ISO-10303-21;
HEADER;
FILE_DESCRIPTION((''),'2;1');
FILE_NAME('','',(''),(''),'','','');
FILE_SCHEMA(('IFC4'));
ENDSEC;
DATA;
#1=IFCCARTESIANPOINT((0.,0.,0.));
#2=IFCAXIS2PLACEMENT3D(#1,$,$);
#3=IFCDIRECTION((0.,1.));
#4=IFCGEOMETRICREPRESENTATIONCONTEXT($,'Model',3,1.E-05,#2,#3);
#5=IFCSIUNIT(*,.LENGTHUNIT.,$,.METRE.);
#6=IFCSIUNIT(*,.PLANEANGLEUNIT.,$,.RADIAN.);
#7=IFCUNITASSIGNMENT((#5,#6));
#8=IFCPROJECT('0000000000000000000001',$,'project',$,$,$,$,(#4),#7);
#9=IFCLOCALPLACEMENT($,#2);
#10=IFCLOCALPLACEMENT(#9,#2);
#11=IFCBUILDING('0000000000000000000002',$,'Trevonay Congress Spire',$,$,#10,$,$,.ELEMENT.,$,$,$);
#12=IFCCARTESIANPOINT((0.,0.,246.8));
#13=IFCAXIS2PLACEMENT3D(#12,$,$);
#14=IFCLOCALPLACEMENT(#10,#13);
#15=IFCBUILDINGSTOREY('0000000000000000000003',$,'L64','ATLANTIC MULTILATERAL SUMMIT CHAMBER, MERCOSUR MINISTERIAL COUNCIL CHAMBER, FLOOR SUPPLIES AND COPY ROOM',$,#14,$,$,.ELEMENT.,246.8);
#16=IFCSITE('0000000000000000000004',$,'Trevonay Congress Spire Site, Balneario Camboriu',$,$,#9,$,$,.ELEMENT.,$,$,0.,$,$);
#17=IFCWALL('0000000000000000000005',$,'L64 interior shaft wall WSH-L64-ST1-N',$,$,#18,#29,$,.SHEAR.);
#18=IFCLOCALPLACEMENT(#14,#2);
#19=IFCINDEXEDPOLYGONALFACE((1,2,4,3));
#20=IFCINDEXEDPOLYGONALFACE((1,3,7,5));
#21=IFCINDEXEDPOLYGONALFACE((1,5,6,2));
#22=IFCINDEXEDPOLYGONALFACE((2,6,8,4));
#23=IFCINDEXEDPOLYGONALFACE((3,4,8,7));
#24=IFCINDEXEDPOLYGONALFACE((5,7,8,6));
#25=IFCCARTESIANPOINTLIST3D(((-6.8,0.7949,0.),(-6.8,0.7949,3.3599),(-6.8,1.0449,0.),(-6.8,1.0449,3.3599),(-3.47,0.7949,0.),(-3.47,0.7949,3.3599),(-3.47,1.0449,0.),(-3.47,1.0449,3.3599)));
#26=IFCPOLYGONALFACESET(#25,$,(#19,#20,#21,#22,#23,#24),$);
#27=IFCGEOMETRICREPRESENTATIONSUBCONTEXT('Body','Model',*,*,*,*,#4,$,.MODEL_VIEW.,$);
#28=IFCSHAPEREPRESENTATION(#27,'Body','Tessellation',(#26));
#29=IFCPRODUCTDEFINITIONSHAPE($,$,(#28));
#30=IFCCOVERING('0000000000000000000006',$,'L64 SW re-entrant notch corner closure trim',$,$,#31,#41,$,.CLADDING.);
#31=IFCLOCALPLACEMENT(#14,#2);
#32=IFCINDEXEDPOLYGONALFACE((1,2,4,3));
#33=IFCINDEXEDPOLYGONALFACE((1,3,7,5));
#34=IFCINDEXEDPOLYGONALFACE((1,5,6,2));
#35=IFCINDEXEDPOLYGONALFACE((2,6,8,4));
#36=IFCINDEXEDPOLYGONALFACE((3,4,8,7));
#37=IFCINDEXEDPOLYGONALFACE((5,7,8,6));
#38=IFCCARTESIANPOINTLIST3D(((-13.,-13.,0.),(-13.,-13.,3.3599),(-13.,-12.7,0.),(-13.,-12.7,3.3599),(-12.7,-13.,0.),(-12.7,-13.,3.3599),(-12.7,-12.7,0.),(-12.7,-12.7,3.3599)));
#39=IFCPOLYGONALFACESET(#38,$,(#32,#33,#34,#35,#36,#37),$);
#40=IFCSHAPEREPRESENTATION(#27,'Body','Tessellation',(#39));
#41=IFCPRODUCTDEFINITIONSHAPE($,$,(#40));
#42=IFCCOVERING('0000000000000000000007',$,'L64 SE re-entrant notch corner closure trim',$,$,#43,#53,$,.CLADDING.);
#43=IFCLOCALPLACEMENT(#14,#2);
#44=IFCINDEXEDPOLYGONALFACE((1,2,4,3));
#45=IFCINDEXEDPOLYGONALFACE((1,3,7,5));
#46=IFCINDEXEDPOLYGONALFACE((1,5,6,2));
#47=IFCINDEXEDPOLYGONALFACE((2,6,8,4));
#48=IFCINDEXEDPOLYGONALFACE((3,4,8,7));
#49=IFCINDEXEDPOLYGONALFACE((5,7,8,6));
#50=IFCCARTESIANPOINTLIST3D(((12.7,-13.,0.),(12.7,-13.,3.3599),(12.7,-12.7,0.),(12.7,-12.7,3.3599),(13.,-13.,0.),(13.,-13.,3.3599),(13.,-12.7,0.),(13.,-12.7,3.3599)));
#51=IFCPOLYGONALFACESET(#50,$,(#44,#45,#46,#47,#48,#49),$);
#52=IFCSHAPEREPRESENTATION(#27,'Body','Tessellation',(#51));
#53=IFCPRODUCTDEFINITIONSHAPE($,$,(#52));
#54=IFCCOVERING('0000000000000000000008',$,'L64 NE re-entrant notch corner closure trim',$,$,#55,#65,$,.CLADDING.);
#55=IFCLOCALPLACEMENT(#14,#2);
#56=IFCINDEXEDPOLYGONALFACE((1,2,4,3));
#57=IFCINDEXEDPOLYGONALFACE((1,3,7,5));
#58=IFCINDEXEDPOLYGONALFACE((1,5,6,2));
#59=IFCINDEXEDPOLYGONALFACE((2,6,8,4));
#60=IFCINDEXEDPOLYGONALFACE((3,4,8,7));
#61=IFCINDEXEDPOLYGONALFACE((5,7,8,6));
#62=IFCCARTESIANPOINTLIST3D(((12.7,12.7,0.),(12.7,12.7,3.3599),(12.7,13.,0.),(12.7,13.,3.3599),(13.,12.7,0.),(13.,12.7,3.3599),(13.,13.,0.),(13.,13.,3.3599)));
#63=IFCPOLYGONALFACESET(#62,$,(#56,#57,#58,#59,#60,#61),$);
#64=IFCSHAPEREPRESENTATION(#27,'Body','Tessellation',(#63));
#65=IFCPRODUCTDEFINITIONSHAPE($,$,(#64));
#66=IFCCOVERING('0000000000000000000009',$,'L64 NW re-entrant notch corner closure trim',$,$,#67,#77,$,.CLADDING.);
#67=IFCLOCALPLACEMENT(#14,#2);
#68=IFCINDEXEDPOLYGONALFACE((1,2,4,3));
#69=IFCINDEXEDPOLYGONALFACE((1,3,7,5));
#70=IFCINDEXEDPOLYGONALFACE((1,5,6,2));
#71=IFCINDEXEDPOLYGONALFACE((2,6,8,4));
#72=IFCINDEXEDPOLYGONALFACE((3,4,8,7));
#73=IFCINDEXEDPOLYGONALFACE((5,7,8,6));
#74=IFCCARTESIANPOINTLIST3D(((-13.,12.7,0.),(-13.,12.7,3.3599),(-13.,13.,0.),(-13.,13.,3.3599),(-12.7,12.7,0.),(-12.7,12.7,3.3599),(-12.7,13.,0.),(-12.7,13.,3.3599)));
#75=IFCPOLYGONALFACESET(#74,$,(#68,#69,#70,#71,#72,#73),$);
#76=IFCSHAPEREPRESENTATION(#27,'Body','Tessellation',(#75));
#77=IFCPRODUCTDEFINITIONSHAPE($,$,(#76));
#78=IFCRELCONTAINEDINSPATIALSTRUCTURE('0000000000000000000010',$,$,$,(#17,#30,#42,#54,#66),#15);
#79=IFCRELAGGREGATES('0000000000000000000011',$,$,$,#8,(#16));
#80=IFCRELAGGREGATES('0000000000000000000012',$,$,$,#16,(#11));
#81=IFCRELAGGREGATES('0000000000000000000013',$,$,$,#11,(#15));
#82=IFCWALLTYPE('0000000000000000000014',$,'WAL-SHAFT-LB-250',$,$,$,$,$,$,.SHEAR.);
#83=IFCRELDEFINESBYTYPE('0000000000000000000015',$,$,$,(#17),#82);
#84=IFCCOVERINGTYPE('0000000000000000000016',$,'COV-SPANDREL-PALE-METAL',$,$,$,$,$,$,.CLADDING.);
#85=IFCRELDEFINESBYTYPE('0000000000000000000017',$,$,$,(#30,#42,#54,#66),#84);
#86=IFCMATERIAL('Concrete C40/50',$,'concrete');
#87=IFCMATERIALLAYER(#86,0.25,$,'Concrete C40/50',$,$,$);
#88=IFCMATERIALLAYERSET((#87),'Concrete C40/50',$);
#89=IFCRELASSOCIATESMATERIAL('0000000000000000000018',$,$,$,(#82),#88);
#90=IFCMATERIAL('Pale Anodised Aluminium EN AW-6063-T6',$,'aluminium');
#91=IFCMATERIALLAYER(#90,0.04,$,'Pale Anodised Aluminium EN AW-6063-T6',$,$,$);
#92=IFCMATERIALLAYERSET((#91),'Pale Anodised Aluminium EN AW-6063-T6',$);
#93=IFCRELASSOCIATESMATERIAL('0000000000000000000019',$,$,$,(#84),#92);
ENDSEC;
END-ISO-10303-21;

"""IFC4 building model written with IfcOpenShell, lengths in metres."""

from ifc_helpers import new_model, si_unit, direction, frame, frame_2d, origin, place, context, subcontext, project, spatial, polyline, rectangle, outline, extrude, material, layer, layer_set, type_object, element, save


model = new_model("IFC4")

# Units and contexts
model_context = context("Model", 3, precision=1e-05, world=origin(), true_north=direction((0.0, 1.0)))
body_context = subcontext(model_context, "Body", "Model", "MODEL_VIEW")
ifc_project = project(units=[si_unit("LENGTHUNIT", "METRE"), si_unit("PLANEANGLEUNIT", "RADIAN")], contexts=[model_context])

# Site, building, storey
site_placement = place(None, origin())
site = spatial("IfcSite", under=ifc_project, at=site_placement, Name="Trevonay Congress Spire Site, Balneario Camboriu", CompositionType="ELEMENT", RefElevation=0.0)
building_placement = place(site_placement, origin())
building = spatial("IfcBuilding", under=site, at=building_placement, Name="Trevonay Congress Spire", CompositionType="ELEMENT")
storey_placement = place(building_placement, frame((0.0, 0.0, 246.8)))
storey = spatial("IfcBuildingStorey", under=building, at=storey_placement, Name="L64", Description="ATLANTIC MULTILATERAL SUMMIT CHAMBER, MERCOSUR MINISTERIAL COUNCIL CHAMBER, FLOOR SUPPLIES AND COPY ROOM", CompositionType="ELEMENT", Elevation=246.8)

# Shared definitions
ifc_material_1 = material(Name="Concrete C40/50", Category="concrete")

# Shared definitions
ifc_material_2 = material(Name="Pale Anodised Aluminium EN AW-6063-T6", Category="aluminium")

# Wall
ifc_layer_1 = layer(ifc_material_1, 0.25, Name="Concrete C40/50")
ifc_layer_set_1 = layer_set([ifc_layer_1], Name="Concrete C40/50")
wall_type_1 = type_object("IfcWallType", Name="WAL-SHAFT-LB-250", PredefinedType="SHEAR", material=ifc_layer_set_1)
wall_1_placement = place(storey_placement, frame((-6.8, 0.9199, 0.0), z_axis=(0.0, 0.0, 1.0), x_axis=(1.0, 0.0, 0.0)))
element("IfcWall", 1, at=wall_1_placement, inside=storey, type_object=wall_type_1, Name="L64 interior shaft wall WSH-L64-ST1-N", PredefinedType="SHEAR", context=body_context, shape_type="SweptSolid", body=[
    extrude(rectangle(XDim=3.3301, YDim=0.25, at=frame_2d((1.665, 0.0))), origin(), (0.0, 0.0, 1.0), 3.3599),
])

# Coverings
ifc_layer_2 = layer(ifc_material_2, 0.04, Name="Pale Anodised Aluminium EN AW-6063-T6")
ifc_layer_set_2 = layer_set([ifc_layer_2], Name="Pale Anodised Aluminium EN AW-6063-T6")
covering_type = type_object("IfcCoveringType", Name="COV-SPANDREL-PALE-METAL", PredefinedType="CLADDING", material=ifc_layer_set_2)
covering_1_placement = place(storey_placement, origin())
element("IfcCovering", 2, at=covering_1_placement, inside=storey, type_object=covering_type, Name="L64 SW re-entrant notch corner closure trim", PredefinedType="CLADDING", context=body_context, shape_type="SweptSolid", body=[
    extrude(outline(polyline([(-13.0, -13.0), (-12.7, -13.0), (-12.7, -12.7), (-13.0, -12.7), (-13.0, -13.0)])), origin(), (0.0, 0.0, 1.0), 3.3599),
])
covering_2_placement = place(storey_placement, origin())
element("IfcCovering", 3, at=covering_2_placement, inside=storey, type_object=covering_type, Name="L64 SE re-entrant notch corner closure trim", PredefinedType="CLADDING", context=body_context, shape_type="SweptSolid", body=[
    extrude(outline(polyline([(12.7, -13.0), (13.0, -13.0), (13.0, -12.7), (12.7, -12.7), (12.7, -13.0)])), origin(), (0.0, 0.0, 1.0), 3.3599),
])
covering_3_placement = place(storey_placement, origin())
element("IfcCovering", 4, at=covering_3_placement, inside=storey, type_object=covering_type, Name="L64 NE re-entrant notch corner closure trim", PredefinedType="CLADDING", context=body_context, shape_type="SweptSolid", body=[
    extrude(outline(polyline([(12.7, 12.7), (13.0, 12.7), (13.0, 13.0), (12.7, 13.0), (12.7, 12.7)])), origin(), (0.0, 0.0, 1.0), 3.3599),
])
covering_4_placement = place(storey_placement, origin())
element("IfcCovering", 5, at=covering_4_placement, inside=storey, type_object=covering_type, Name="L64 NW re-entrant notch corner closure trim", PredefinedType="CLADDING", context=body_context, shape_type="SweptSolid", body=[
    extrude(outline(polyline([(-13.0, 12.7), (-12.7, 12.7), (-12.7, 13.0), (-13.0, 13.0), (-13.0, 12.7)])), origin(), (0.0, 0.0, 1.0), 3.3599),
])

save(model, "model.ifc")
